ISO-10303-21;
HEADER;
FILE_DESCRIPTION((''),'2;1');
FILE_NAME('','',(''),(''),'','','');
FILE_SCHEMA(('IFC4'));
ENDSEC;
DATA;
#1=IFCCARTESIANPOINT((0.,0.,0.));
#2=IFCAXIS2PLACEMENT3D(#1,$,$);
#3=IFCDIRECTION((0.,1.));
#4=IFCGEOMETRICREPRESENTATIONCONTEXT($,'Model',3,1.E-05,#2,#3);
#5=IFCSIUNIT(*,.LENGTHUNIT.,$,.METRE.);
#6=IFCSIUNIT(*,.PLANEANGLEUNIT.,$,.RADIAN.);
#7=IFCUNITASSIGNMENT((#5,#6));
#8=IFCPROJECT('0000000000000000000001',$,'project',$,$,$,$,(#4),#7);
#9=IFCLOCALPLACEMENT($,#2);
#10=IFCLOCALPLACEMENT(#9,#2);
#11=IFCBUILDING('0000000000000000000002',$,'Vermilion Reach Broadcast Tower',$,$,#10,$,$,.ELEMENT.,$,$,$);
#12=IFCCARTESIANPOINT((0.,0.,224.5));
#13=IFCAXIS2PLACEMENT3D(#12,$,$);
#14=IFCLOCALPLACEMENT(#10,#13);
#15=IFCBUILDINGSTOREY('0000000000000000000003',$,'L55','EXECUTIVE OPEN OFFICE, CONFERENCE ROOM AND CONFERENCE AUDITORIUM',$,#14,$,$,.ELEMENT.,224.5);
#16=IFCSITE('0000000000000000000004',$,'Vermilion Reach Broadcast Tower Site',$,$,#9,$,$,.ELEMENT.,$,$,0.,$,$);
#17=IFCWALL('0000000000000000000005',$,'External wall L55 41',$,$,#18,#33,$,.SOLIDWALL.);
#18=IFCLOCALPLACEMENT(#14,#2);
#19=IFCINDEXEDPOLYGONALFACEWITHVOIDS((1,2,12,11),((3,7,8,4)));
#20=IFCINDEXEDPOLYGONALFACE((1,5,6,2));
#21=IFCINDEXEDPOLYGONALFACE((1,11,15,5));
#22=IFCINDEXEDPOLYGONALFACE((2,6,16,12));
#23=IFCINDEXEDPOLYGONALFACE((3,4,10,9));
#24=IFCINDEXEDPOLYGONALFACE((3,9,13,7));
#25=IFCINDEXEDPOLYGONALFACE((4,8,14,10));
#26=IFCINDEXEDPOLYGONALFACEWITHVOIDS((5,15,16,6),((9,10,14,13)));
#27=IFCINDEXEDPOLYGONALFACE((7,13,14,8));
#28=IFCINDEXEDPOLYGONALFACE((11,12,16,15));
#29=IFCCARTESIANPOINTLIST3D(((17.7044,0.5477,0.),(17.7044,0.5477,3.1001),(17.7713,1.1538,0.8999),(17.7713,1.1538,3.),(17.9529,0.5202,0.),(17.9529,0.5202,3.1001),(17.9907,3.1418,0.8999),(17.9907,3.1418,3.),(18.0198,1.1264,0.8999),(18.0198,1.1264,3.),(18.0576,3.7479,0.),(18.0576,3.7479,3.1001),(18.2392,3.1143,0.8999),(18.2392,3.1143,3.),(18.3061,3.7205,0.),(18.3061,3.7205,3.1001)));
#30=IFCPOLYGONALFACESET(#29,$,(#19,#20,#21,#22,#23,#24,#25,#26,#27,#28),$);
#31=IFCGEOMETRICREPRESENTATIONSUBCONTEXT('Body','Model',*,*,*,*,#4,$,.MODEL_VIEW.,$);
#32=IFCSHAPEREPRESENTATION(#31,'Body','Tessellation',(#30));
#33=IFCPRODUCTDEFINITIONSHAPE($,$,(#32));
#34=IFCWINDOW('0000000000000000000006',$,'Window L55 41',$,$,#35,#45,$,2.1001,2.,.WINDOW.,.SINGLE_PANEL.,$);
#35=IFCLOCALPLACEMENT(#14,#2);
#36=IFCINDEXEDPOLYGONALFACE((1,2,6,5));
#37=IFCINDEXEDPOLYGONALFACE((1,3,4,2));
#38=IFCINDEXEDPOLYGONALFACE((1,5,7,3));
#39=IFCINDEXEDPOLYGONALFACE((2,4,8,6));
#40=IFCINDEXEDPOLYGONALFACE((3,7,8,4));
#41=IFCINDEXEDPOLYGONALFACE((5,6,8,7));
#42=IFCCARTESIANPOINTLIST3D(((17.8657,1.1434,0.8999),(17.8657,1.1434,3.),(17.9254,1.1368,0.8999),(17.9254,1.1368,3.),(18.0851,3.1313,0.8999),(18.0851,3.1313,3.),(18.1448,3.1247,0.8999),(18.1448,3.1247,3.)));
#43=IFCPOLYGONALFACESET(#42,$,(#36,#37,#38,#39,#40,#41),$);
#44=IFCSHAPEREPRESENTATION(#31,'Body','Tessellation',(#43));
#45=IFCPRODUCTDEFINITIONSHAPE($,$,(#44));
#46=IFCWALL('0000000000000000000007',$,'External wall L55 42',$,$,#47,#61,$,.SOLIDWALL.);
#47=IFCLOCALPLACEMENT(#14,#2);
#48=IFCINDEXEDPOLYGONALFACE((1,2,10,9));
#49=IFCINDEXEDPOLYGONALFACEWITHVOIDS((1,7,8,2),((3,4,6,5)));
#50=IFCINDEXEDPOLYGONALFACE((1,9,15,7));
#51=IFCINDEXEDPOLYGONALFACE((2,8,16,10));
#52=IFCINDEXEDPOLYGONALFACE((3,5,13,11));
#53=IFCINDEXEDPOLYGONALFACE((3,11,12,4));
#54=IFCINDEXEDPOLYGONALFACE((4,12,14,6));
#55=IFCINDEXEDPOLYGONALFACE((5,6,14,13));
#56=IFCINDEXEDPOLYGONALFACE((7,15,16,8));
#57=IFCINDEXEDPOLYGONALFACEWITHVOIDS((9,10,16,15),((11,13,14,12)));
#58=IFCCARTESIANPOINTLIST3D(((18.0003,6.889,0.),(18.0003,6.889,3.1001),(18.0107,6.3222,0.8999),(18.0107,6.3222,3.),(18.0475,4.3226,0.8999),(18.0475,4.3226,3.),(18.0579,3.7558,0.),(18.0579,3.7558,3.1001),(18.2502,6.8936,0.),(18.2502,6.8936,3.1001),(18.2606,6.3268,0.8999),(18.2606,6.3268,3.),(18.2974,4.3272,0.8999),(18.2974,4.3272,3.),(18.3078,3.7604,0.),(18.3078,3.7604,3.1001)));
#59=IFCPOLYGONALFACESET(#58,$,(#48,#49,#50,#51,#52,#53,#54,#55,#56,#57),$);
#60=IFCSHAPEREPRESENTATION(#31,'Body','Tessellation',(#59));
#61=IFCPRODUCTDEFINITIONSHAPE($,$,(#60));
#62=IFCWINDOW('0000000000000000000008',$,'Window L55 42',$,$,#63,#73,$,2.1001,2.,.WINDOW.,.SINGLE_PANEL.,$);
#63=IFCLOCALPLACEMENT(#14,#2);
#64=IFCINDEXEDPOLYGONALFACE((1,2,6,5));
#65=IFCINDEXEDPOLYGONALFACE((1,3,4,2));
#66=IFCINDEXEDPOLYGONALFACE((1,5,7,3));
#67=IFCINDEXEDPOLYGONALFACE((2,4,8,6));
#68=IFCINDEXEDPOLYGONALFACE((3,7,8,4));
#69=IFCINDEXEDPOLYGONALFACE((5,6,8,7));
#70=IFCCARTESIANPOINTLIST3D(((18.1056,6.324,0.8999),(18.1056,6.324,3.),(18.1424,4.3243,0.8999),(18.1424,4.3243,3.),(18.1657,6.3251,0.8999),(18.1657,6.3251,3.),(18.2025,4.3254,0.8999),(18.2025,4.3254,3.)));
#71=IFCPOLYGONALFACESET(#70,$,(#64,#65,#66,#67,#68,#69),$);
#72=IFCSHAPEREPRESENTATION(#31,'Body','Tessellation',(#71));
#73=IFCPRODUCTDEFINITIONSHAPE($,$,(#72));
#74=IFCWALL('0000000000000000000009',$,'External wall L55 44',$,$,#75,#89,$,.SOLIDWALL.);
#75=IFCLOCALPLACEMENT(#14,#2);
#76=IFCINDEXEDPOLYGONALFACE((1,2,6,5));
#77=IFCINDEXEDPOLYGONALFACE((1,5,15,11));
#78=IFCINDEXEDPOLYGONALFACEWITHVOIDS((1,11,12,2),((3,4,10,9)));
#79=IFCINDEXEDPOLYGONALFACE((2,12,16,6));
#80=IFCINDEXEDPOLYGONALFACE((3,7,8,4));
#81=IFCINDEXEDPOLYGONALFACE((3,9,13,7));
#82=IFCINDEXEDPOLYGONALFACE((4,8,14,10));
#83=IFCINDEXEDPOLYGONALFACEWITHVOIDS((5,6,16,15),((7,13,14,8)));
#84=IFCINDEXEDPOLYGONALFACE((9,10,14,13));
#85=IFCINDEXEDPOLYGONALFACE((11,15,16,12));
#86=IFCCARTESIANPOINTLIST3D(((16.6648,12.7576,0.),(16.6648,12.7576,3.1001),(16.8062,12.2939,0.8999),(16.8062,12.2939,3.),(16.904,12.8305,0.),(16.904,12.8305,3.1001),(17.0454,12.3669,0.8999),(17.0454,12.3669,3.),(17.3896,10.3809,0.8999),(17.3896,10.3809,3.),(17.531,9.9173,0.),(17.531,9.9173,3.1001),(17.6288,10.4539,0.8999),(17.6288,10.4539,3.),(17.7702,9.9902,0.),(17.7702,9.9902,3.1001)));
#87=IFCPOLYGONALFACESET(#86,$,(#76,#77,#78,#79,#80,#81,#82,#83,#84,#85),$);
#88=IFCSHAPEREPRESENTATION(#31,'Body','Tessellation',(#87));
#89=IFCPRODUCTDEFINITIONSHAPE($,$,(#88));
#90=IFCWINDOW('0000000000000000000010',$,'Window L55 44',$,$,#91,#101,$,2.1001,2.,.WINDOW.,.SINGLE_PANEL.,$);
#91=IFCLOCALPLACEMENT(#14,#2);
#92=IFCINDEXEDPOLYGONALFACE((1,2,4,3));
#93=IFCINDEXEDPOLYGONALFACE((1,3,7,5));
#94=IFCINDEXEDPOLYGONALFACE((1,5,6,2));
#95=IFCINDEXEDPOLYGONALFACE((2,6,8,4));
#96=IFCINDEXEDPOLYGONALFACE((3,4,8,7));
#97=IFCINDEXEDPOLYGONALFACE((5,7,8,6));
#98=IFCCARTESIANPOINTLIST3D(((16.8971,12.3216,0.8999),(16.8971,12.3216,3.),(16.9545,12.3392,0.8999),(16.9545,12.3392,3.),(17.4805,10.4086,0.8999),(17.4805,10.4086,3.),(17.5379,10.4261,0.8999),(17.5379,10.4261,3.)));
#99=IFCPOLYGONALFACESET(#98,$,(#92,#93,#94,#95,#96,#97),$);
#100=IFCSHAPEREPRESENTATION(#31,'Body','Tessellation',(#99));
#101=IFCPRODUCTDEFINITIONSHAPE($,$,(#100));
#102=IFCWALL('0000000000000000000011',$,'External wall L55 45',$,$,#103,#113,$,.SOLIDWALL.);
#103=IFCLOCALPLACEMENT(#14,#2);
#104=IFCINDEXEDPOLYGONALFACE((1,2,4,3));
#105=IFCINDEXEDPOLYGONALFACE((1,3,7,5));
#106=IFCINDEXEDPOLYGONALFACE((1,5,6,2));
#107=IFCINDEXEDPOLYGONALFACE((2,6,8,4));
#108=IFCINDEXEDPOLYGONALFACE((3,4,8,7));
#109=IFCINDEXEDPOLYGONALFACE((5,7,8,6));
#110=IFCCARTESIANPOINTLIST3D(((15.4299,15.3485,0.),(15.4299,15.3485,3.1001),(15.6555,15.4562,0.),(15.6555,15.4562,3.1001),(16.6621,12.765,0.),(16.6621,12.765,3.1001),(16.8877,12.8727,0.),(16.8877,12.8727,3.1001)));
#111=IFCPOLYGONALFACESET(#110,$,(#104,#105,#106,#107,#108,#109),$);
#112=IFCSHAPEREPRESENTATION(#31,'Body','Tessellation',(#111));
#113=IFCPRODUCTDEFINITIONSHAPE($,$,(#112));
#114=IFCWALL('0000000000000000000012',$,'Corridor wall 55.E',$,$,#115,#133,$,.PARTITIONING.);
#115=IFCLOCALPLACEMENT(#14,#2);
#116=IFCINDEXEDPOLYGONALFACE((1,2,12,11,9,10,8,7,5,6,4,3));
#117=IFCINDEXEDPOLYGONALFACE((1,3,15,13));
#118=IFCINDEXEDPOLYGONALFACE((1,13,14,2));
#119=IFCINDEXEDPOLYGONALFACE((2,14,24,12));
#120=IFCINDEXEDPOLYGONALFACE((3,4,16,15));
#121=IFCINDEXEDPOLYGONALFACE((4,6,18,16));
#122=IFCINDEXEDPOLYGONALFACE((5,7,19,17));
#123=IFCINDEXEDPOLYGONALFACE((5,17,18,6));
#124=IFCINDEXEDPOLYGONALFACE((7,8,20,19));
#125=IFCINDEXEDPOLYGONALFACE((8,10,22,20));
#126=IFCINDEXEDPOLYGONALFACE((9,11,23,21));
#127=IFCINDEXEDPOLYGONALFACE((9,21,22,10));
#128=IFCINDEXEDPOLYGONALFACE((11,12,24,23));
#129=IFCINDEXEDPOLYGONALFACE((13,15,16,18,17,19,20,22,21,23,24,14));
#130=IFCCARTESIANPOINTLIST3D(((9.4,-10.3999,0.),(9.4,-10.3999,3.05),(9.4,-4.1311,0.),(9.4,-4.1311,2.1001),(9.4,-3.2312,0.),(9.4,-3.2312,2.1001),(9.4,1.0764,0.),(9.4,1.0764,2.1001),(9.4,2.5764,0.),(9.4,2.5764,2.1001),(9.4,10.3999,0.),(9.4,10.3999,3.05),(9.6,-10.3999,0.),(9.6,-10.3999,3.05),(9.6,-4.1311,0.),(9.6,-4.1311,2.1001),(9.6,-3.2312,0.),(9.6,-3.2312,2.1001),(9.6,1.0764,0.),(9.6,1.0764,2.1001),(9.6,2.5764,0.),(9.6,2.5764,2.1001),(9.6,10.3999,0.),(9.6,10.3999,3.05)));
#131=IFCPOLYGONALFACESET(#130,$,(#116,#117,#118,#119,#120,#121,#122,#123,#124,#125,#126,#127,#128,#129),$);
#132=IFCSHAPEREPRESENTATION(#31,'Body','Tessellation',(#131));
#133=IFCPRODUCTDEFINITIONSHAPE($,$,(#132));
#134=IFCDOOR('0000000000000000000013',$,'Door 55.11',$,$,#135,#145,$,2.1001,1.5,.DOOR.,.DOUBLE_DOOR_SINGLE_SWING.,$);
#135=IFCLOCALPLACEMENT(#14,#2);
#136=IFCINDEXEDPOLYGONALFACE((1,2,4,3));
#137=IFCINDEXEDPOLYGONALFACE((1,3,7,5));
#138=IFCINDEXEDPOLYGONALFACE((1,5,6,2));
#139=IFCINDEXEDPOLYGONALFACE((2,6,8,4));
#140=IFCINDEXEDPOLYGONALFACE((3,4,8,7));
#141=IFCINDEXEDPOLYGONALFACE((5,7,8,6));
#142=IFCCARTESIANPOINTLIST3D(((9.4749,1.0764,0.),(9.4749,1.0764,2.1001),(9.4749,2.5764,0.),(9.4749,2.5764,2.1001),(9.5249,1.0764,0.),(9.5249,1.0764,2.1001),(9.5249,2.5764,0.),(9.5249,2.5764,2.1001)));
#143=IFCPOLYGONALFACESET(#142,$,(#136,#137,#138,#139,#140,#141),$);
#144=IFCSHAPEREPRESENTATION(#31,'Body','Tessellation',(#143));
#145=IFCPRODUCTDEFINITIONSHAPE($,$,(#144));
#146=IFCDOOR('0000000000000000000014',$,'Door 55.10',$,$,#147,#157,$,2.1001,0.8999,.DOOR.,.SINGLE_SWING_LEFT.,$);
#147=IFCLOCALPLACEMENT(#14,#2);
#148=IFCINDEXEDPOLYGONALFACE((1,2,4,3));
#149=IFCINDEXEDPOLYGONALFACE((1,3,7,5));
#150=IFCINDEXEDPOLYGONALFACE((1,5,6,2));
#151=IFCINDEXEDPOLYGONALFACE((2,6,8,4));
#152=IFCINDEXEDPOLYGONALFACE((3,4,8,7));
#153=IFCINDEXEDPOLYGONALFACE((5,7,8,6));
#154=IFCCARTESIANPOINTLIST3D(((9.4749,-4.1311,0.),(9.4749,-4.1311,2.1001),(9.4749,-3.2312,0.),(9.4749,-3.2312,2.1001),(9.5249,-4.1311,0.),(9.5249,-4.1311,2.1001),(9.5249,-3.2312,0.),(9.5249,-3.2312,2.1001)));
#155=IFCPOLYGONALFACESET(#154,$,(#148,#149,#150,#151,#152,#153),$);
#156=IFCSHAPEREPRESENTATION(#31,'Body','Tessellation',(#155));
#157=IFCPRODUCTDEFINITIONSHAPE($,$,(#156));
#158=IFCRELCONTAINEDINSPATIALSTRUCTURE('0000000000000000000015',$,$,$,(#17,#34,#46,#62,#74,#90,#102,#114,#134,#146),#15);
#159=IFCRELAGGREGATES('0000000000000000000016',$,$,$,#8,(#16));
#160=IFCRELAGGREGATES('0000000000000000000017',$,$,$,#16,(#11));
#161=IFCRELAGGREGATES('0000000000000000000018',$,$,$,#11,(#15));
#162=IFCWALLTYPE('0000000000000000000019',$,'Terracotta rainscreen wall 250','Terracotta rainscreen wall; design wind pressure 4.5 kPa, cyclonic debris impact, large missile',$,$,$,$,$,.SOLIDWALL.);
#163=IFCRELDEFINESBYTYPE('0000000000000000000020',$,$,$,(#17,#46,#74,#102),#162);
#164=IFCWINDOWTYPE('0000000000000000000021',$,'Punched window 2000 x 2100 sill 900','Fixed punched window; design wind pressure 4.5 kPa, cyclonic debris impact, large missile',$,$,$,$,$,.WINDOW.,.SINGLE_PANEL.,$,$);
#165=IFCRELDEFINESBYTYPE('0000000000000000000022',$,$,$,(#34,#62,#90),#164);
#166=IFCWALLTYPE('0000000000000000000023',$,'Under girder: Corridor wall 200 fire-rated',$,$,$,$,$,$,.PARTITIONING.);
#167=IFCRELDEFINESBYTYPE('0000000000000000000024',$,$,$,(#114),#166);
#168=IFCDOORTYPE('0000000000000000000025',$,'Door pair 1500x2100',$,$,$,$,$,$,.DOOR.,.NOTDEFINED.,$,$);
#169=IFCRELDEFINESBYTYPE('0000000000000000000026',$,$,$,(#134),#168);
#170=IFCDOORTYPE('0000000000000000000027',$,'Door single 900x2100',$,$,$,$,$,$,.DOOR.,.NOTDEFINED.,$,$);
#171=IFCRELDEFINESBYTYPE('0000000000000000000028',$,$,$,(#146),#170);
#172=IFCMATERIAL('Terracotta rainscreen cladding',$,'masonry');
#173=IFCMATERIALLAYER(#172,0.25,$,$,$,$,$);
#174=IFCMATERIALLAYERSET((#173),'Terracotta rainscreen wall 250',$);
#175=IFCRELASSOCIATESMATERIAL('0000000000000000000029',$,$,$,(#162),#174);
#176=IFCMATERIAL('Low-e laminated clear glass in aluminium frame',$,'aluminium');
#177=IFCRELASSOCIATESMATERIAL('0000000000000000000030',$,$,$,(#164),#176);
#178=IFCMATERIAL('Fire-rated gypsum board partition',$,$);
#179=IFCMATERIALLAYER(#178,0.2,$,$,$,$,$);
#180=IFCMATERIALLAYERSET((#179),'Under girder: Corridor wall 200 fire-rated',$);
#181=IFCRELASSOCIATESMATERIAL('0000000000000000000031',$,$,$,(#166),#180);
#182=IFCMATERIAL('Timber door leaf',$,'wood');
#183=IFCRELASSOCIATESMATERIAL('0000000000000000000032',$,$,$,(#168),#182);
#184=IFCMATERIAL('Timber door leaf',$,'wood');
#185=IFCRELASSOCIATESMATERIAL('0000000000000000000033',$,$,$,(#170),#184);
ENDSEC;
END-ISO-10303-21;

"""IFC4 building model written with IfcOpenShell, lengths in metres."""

from ifc_helpers import new_model, si_unit, direction, frame, frame_2d, origin, place, context, subcontext, project, spatial, rectangle, extrude, material, layer, layer_set, type_object, element, fill, save


model = new_model("IFC4")

# Units and contexts
model_context = context("Model", 3, precision=1e-05, world=origin(), true_north=direction((0.0, 1.0)))
body_context = subcontext(model_context, "Body", "Model", "MODEL_VIEW")
ifc_project = project(units=[si_unit("LENGTHUNIT", "METRE"), si_unit("PLANEANGLEUNIT", "RADIAN")], contexts=[model_context])

# Site, building, storey
site_placement = place(None, origin())
site = spatial("IfcSite", under=ifc_project, at=site_placement, Name="Vermilion Reach Broadcast Tower Site", CompositionType="ELEMENT", RefElevation=0.0)
building_placement = place(site_placement, origin())
building = spatial("IfcBuilding", under=site, at=building_placement, Name="Vermilion Reach Broadcast Tower", CompositionType="ELEMENT")
storey_placement = place(building_placement, frame((0.0, 0.0, 224.5)))
storey = spatial("IfcBuildingStorey", under=building, at=storey_placement, Name="L55", Description="EXECUTIVE OPEN OFFICE, CONFERENCE ROOM AND CONFERENCE AUDITORIUM", CompositionType="ELEMENT", Elevation=224.5)

# Walls, openings, windows
ifc_material_1 = material(Name="Terracotta rainscreen cladding", Category="masonry")
ifc_layer_1 = layer(ifc_material_1, 0.25)
ifc_layer_set_1 = layer_set([ifc_layer_1], Name="Terracotta rainscreen wall 250")
wall_type_1 = type_object("IfcWallType", Name="Terracotta rainscreen wall 250", Description="Terracotta rainscreen wall; design wind pressure 4.5 kPa, cyclonic debris impact, large missile", PredefinedType="SOLIDWALL", material=ifc_layer_set_1)
wall_1_placement = place(storey_placement, frame((17.8286, 0.5339, 0.0), z_axis=(0.0, 0.0, 1.0), x_axis=(0.109724, 0.993962, 0.0)))
wall_1 = element("IfcWall", 1, at=wall_1_placement, inside=storey, type_object=wall_type_1, Name="External wall L55 41", PredefinedType="SOLIDWALL", context=body_context, shape_type="SweptSolid", body=[
    extrude(rectangle(XDim=3.2197, YDim=0.25, at=frame_2d((1.6099, 0.0))), origin(), (0.0, 0.0, 1.0), 3.1001),
])
opening_1_placement = place(wall_1_placement, frame((0.6099, 0.0, 0.8999)))
opening_1 = element("IfcOpeningElement", 2, at=opening_1_placement, cuts=wall_1, PredefinedType="OPENING", context=body_context, shape_type="SweptSolid", body=[
    extrude(rectangle(XDim=2.0, YDim=2.1001, at=frame_2d((1.0, 1.05))), frame((0.0, 0.135, 0.0), z_axis=(0.0, -1.0, 0.0), x_axis=(1.0, 0.0, 0.0)), (0.0, 0.0, 1.0), 0.27),
])
ifc_material_2 = material(Name="Low-e laminated clear glass in aluminium frame", Category="aluminium")
window_type = type_object("IfcWindowType", Name="Punched window 2000 x 2100 sill 900", Description="Fixed punched window; design wind pressure 4.5 kPa, cyclonic debris impact, large missile", PartitioningType="SINGLE_PANEL", PredefinedType="WINDOW", material=ifc_material_2)
window_1_placement = place(opening_1_placement, origin())
window_1 = element("IfcWindow", 3, at=window_1_placement, inside=storey, type_object=window_type, Name="Window L55 41", OverallHeight=2.1001, OverallWidth=2.0, PartitioningType="SINGLE_PANEL", PredefinedType="WINDOW", context=body_context, shape_type="SweptSolid", body=[
    extrude(rectangle(XDim=2.0, YDim=2.1001, at=frame_2d((1.0, 1.05))), frame((0.0, 0.03, 0.0), z_axis=(0.0, -1.0, 0.0), x_axis=(1.0, 0.0, 0.0)), (0.0, 0.0, 1.0), 0.0601),
])
fill(opening_1, window_1)
wall_2_placement = place(storey_placement, frame((18.1829, 3.7581, 0.0), z_axis=(0.0, 0.0, 1.0), x_axis=(-0.018386, 0.999831, 0.0)))
wall_2 = element("IfcWall", 4, at=wall_2_placement, inside=storey, type_object=wall_type_1, Name="External wall L55 42", PredefinedType="SOLIDWALL", context=body_context, shape_type="SweptSolid", body=[
    extrude(rectangle(XDim=3.1338, YDim=0.25, at=frame_2d((1.5669, 0.0))), origin(), (0.0, 0.0, 1.0), 3.1001),
])
opening_2_placement = place(wall_2_placement, frame((0.5669, 0.0, 0.8999)))
opening_2 = element("IfcOpeningElement", 5, at=opening_2_placement, cuts=wall_2, PredefinedType="OPENING", context=body_context, shape_type="SweptSolid", body=[
    extrude(rectangle(XDim=2.0, YDim=2.1001, at=frame_2d((1.0, 1.05))), frame((0.0, 0.135, 0.0), z_axis=(0.0, -1.0, 0.0), x_axis=(1.0, 0.0, 0.0)), (0.0, 0.0, 1.0), 0.27),
])
window_2_placement = place(opening_2_placement, origin())
window_2 = element("IfcWindow", 6, at=window_2_placement, inside=storey, type_object=window_type, Name="Window L55 42", OverallHeight=2.1001, OverallWidth=2.0, PartitioningType="SINGLE_PANEL", PredefinedType="WINDOW", context=body_context, shape_type="SweptSolid", body=[
    extrude(rectangle(XDim=2.0, YDim=2.1001, at=frame_2d((1.0, 1.05))), frame((0.0, 0.03, 0.0), z_axis=(0.0, -1.0, 0.0), x_axis=(1.0, 0.0, 0.0)), (0.0, 0.0, 1.0), 0.0601),
])
fill(opening_2, window_2)

# Wall, opening, window
wall_3_placement = place(storey_placement, frame((17.6506, 9.9536, 0.0), z_axis=(0.0, 0.0, 1.0), x_axis=(-0.291705, 0.956508, 0.0)))
wall_3 = element("IfcWall", 7, at=wall_3_placement, inside=storey, type_object=wall_type_1, Name="External wall L55 44", PredefinedType="SOLIDWALL", context=body_context, shape_type="SweptSolid", body=[
    extrude(rectangle(XDim=2.9695, YDim=0.25, at=frame_2d((1.4849, 0.0))), origin(), (0.0, 0.0, 1.0), 3.1001),
])
opening_3_placement = place(wall_3_placement, frame((0.4849, 0.0, 0.8999)))
opening_3 = element("IfcOpeningElement", 8, at=opening_3_placement, cuts=wall_3, PredefinedType="OPENING", context=body_context, shape_type="SweptSolid", body=[
    extrude(rectangle(XDim=2.0, YDim=2.1001, at=frame_2d((1.0, 1.05))), frame((0.0, 0.135, 0.0), z_axis=(0.0, -1.0, 0.0), x_axis=(1.0, 0.0, 0.0)), (0.0, 0.0, 1.0), 0.27),
])
window_3_placement = place(opening_3_placement, origin())
window_3 = element("IfcWindow", 9, at=window_3_placement, inside=storey, type_object=window_type, Name="Window L55 44", OverallHeight=2.1001, OverallWidth=2.0, PartitioningType="SINGLE_PANEL", PredefinedType="WINDOW", context=body_context, shape_type="SweptSolid", body=[
    extrude(rectangle(XDim=2.0, YDim=2.1001, at=frame_2d((1.0, 1.05))), frame((0.0, 0.03, 0.0), z_axis=(0.0, -1.0, 0.0), x_axis=(1.0, 0.0, 0.0)), (0.0, 0.0, 1.0), 0.0601),
])
fill(opening_3, window_3)

# Wall
wall_4_placement = place(storey_placement, frame((16.7749, 12.8188, 0.0), z_axis=(0.0, 0.0, 1.0), x_axis=(-0.430486, 0.902597, 0.0)))
element("IfcWall", 10, at=wall_4_placement, inside=storey, type_object=wall_type_1, Name="External wall L55 45", PredefinedType="SOLIDWALL", context=body_context, shape_type="SweptSolid", body=[
    extrude(rectangle(XDim=2.8623, YDim=0.25, at=frame_2d((1.4312, 0.0))), origin(), (0.0, 0.0, 1.0), 3.1001),
])

# Wall, openings, doors
ifc_material_3 = material(Name="Fire-rated gypsum board partition")
ifc_layer_2 = layer(ifc_material_3, 0.2)
ifc_layer_set_2 = layer_set([ifc_layer_2], Name="Under girder: Corridor wall 200 fire-rated")
wall_type_2 = type_object("IfcWallType", Name="Under girder: Corridor wall 200 fire-rated", PredefinedType="PARTITIONING", material=ifc_layer_set_2)
wall_5_placement = place(storey_placement, frame((9.5, 10.3999, 0.0), z_axis=(0.0, 0.0, 1.0), x_axis=(0.0, -1.0, 0.0)))
wall_5 = element("IfcWall", 11, at=wall_5_placement, inside=storey, type_object=wall_type_2, Name="Corridor wall 55.E", PredefinedType="PARTITIONING", context=body_context, shape_type="SweptSolid", body=[
    extrude(rectangle(XDim=20.7998, YDim=0.2, at=frame_2d((10.3999, 0.0))), origin(), (0.0, 0.0, 1.0), 3.05),
])
opening_4_placement = place(wall_5_placement, frame((13.6311, 0.0, 0.0)))
opening_4 = element("IfcOpeningElement", 12, at=opening_4_placement, cuts=wall_5, PredefinedType="OPENING", context=body_context, shape_type="SweptSolid", body=[
    extrude(rectangle(XDim=0.8999, YDim=2.1001, at=frame_2d((0.45, 1.05))), frame((0.0, 0.1099, 0.0), z_axis=(0.0, -1.0, 0.0), x_axis=(1.0, 0.0, 0.0)), (0.0, 0.0, 1.0), 0.22),
])
opening_5_placement = place(wall_5_placement, frame((7.8235, 0.0, 0.0)))
opening_5 = element("IfcOpeningElement", 13, at=opening_5_placement, cuts=wall_5, PredefinedType="OPENING", context=body_context, shape_type="SweptSolid", body=[
    extrude(rectangle(XDim=1.5, YDim=2.1001, at=frame_2d((0.75, 1.05))), frame((0.0, 0.1099, 0.0), z_axis=(0.0, -1.0, 0.0), x_axis=(1.0, 0.0, 0.0)), (0.0, 0.0, 1.0), 0.22),
])
ifc_material_4 = material(Name="Timber door leaf", Category="wood")
door_type_1 = type_object("IfcDoorType", Name="Door pair 1500x2100", OperationType="NOTDEFINED", PredefinedType="DOOR", material=ifc_material_4)
door_1_placement = place(opening_5_placement, origin())
door_1 = element("IfcDoor", 14, at=door_1_placement, inside=storey, type_object=door_type_1, Name="Door 55.11", OperationType="DOUBLE_DOOR_SINGLE_SWING", OverallHeight=2.1001, OverallWidth=1.5, PredefinedType="DOOR", context=body_context, shape_type="SweptSolid", body=[
    extrude(rectangle(XDim=1.5, YDim=2.1001, at=frame_2d((0.75, 1.05))), frame((0.0, 0.0249, 0.0), z_axis=(0.0, -1.0, 0.0), x_axis=(1.0, 0.0, 0.0)), (0.0, 0.0, 1.0), 0.05),
])
fill(opening_5, door_1)
ifc_material_5 = material(Name="Timber door leaf", Category="wood")
door_type_2 = type_object("IfcDoorType", Name="Door single 900x2100", OperationType="NOTDEFINED", PredefinedType="DOOR", material=ifc_material_5)
door_2_placement = place(opening_4_placement, origin())
door_2 = element("IfcDoor", 15, at=door_2_placement, inside=storey, type_object=door_type_2, Name="Door 55.10", OperationType="SINGLE_SWING_LEFT", OverallHeight=2.1001, OverallWidth=0.8999, PredefinedType="DOOR", context=body_context, shape_type="SweptSolid", body=[
    extrude(rectangle(XDim=0.8999, YDim=2.1001, at=frame_2d((0.45, 1.05))), frame((0.0, 0.0249, 0.0), z_axis=(0.0, -1.0, 0.0), x_axis=(1.0, 0.0, 0.0)), (0.0, 0.0, 1.0), 0.05),
])
fill(opening_4, door_2)

save(model, "model.ifc")
